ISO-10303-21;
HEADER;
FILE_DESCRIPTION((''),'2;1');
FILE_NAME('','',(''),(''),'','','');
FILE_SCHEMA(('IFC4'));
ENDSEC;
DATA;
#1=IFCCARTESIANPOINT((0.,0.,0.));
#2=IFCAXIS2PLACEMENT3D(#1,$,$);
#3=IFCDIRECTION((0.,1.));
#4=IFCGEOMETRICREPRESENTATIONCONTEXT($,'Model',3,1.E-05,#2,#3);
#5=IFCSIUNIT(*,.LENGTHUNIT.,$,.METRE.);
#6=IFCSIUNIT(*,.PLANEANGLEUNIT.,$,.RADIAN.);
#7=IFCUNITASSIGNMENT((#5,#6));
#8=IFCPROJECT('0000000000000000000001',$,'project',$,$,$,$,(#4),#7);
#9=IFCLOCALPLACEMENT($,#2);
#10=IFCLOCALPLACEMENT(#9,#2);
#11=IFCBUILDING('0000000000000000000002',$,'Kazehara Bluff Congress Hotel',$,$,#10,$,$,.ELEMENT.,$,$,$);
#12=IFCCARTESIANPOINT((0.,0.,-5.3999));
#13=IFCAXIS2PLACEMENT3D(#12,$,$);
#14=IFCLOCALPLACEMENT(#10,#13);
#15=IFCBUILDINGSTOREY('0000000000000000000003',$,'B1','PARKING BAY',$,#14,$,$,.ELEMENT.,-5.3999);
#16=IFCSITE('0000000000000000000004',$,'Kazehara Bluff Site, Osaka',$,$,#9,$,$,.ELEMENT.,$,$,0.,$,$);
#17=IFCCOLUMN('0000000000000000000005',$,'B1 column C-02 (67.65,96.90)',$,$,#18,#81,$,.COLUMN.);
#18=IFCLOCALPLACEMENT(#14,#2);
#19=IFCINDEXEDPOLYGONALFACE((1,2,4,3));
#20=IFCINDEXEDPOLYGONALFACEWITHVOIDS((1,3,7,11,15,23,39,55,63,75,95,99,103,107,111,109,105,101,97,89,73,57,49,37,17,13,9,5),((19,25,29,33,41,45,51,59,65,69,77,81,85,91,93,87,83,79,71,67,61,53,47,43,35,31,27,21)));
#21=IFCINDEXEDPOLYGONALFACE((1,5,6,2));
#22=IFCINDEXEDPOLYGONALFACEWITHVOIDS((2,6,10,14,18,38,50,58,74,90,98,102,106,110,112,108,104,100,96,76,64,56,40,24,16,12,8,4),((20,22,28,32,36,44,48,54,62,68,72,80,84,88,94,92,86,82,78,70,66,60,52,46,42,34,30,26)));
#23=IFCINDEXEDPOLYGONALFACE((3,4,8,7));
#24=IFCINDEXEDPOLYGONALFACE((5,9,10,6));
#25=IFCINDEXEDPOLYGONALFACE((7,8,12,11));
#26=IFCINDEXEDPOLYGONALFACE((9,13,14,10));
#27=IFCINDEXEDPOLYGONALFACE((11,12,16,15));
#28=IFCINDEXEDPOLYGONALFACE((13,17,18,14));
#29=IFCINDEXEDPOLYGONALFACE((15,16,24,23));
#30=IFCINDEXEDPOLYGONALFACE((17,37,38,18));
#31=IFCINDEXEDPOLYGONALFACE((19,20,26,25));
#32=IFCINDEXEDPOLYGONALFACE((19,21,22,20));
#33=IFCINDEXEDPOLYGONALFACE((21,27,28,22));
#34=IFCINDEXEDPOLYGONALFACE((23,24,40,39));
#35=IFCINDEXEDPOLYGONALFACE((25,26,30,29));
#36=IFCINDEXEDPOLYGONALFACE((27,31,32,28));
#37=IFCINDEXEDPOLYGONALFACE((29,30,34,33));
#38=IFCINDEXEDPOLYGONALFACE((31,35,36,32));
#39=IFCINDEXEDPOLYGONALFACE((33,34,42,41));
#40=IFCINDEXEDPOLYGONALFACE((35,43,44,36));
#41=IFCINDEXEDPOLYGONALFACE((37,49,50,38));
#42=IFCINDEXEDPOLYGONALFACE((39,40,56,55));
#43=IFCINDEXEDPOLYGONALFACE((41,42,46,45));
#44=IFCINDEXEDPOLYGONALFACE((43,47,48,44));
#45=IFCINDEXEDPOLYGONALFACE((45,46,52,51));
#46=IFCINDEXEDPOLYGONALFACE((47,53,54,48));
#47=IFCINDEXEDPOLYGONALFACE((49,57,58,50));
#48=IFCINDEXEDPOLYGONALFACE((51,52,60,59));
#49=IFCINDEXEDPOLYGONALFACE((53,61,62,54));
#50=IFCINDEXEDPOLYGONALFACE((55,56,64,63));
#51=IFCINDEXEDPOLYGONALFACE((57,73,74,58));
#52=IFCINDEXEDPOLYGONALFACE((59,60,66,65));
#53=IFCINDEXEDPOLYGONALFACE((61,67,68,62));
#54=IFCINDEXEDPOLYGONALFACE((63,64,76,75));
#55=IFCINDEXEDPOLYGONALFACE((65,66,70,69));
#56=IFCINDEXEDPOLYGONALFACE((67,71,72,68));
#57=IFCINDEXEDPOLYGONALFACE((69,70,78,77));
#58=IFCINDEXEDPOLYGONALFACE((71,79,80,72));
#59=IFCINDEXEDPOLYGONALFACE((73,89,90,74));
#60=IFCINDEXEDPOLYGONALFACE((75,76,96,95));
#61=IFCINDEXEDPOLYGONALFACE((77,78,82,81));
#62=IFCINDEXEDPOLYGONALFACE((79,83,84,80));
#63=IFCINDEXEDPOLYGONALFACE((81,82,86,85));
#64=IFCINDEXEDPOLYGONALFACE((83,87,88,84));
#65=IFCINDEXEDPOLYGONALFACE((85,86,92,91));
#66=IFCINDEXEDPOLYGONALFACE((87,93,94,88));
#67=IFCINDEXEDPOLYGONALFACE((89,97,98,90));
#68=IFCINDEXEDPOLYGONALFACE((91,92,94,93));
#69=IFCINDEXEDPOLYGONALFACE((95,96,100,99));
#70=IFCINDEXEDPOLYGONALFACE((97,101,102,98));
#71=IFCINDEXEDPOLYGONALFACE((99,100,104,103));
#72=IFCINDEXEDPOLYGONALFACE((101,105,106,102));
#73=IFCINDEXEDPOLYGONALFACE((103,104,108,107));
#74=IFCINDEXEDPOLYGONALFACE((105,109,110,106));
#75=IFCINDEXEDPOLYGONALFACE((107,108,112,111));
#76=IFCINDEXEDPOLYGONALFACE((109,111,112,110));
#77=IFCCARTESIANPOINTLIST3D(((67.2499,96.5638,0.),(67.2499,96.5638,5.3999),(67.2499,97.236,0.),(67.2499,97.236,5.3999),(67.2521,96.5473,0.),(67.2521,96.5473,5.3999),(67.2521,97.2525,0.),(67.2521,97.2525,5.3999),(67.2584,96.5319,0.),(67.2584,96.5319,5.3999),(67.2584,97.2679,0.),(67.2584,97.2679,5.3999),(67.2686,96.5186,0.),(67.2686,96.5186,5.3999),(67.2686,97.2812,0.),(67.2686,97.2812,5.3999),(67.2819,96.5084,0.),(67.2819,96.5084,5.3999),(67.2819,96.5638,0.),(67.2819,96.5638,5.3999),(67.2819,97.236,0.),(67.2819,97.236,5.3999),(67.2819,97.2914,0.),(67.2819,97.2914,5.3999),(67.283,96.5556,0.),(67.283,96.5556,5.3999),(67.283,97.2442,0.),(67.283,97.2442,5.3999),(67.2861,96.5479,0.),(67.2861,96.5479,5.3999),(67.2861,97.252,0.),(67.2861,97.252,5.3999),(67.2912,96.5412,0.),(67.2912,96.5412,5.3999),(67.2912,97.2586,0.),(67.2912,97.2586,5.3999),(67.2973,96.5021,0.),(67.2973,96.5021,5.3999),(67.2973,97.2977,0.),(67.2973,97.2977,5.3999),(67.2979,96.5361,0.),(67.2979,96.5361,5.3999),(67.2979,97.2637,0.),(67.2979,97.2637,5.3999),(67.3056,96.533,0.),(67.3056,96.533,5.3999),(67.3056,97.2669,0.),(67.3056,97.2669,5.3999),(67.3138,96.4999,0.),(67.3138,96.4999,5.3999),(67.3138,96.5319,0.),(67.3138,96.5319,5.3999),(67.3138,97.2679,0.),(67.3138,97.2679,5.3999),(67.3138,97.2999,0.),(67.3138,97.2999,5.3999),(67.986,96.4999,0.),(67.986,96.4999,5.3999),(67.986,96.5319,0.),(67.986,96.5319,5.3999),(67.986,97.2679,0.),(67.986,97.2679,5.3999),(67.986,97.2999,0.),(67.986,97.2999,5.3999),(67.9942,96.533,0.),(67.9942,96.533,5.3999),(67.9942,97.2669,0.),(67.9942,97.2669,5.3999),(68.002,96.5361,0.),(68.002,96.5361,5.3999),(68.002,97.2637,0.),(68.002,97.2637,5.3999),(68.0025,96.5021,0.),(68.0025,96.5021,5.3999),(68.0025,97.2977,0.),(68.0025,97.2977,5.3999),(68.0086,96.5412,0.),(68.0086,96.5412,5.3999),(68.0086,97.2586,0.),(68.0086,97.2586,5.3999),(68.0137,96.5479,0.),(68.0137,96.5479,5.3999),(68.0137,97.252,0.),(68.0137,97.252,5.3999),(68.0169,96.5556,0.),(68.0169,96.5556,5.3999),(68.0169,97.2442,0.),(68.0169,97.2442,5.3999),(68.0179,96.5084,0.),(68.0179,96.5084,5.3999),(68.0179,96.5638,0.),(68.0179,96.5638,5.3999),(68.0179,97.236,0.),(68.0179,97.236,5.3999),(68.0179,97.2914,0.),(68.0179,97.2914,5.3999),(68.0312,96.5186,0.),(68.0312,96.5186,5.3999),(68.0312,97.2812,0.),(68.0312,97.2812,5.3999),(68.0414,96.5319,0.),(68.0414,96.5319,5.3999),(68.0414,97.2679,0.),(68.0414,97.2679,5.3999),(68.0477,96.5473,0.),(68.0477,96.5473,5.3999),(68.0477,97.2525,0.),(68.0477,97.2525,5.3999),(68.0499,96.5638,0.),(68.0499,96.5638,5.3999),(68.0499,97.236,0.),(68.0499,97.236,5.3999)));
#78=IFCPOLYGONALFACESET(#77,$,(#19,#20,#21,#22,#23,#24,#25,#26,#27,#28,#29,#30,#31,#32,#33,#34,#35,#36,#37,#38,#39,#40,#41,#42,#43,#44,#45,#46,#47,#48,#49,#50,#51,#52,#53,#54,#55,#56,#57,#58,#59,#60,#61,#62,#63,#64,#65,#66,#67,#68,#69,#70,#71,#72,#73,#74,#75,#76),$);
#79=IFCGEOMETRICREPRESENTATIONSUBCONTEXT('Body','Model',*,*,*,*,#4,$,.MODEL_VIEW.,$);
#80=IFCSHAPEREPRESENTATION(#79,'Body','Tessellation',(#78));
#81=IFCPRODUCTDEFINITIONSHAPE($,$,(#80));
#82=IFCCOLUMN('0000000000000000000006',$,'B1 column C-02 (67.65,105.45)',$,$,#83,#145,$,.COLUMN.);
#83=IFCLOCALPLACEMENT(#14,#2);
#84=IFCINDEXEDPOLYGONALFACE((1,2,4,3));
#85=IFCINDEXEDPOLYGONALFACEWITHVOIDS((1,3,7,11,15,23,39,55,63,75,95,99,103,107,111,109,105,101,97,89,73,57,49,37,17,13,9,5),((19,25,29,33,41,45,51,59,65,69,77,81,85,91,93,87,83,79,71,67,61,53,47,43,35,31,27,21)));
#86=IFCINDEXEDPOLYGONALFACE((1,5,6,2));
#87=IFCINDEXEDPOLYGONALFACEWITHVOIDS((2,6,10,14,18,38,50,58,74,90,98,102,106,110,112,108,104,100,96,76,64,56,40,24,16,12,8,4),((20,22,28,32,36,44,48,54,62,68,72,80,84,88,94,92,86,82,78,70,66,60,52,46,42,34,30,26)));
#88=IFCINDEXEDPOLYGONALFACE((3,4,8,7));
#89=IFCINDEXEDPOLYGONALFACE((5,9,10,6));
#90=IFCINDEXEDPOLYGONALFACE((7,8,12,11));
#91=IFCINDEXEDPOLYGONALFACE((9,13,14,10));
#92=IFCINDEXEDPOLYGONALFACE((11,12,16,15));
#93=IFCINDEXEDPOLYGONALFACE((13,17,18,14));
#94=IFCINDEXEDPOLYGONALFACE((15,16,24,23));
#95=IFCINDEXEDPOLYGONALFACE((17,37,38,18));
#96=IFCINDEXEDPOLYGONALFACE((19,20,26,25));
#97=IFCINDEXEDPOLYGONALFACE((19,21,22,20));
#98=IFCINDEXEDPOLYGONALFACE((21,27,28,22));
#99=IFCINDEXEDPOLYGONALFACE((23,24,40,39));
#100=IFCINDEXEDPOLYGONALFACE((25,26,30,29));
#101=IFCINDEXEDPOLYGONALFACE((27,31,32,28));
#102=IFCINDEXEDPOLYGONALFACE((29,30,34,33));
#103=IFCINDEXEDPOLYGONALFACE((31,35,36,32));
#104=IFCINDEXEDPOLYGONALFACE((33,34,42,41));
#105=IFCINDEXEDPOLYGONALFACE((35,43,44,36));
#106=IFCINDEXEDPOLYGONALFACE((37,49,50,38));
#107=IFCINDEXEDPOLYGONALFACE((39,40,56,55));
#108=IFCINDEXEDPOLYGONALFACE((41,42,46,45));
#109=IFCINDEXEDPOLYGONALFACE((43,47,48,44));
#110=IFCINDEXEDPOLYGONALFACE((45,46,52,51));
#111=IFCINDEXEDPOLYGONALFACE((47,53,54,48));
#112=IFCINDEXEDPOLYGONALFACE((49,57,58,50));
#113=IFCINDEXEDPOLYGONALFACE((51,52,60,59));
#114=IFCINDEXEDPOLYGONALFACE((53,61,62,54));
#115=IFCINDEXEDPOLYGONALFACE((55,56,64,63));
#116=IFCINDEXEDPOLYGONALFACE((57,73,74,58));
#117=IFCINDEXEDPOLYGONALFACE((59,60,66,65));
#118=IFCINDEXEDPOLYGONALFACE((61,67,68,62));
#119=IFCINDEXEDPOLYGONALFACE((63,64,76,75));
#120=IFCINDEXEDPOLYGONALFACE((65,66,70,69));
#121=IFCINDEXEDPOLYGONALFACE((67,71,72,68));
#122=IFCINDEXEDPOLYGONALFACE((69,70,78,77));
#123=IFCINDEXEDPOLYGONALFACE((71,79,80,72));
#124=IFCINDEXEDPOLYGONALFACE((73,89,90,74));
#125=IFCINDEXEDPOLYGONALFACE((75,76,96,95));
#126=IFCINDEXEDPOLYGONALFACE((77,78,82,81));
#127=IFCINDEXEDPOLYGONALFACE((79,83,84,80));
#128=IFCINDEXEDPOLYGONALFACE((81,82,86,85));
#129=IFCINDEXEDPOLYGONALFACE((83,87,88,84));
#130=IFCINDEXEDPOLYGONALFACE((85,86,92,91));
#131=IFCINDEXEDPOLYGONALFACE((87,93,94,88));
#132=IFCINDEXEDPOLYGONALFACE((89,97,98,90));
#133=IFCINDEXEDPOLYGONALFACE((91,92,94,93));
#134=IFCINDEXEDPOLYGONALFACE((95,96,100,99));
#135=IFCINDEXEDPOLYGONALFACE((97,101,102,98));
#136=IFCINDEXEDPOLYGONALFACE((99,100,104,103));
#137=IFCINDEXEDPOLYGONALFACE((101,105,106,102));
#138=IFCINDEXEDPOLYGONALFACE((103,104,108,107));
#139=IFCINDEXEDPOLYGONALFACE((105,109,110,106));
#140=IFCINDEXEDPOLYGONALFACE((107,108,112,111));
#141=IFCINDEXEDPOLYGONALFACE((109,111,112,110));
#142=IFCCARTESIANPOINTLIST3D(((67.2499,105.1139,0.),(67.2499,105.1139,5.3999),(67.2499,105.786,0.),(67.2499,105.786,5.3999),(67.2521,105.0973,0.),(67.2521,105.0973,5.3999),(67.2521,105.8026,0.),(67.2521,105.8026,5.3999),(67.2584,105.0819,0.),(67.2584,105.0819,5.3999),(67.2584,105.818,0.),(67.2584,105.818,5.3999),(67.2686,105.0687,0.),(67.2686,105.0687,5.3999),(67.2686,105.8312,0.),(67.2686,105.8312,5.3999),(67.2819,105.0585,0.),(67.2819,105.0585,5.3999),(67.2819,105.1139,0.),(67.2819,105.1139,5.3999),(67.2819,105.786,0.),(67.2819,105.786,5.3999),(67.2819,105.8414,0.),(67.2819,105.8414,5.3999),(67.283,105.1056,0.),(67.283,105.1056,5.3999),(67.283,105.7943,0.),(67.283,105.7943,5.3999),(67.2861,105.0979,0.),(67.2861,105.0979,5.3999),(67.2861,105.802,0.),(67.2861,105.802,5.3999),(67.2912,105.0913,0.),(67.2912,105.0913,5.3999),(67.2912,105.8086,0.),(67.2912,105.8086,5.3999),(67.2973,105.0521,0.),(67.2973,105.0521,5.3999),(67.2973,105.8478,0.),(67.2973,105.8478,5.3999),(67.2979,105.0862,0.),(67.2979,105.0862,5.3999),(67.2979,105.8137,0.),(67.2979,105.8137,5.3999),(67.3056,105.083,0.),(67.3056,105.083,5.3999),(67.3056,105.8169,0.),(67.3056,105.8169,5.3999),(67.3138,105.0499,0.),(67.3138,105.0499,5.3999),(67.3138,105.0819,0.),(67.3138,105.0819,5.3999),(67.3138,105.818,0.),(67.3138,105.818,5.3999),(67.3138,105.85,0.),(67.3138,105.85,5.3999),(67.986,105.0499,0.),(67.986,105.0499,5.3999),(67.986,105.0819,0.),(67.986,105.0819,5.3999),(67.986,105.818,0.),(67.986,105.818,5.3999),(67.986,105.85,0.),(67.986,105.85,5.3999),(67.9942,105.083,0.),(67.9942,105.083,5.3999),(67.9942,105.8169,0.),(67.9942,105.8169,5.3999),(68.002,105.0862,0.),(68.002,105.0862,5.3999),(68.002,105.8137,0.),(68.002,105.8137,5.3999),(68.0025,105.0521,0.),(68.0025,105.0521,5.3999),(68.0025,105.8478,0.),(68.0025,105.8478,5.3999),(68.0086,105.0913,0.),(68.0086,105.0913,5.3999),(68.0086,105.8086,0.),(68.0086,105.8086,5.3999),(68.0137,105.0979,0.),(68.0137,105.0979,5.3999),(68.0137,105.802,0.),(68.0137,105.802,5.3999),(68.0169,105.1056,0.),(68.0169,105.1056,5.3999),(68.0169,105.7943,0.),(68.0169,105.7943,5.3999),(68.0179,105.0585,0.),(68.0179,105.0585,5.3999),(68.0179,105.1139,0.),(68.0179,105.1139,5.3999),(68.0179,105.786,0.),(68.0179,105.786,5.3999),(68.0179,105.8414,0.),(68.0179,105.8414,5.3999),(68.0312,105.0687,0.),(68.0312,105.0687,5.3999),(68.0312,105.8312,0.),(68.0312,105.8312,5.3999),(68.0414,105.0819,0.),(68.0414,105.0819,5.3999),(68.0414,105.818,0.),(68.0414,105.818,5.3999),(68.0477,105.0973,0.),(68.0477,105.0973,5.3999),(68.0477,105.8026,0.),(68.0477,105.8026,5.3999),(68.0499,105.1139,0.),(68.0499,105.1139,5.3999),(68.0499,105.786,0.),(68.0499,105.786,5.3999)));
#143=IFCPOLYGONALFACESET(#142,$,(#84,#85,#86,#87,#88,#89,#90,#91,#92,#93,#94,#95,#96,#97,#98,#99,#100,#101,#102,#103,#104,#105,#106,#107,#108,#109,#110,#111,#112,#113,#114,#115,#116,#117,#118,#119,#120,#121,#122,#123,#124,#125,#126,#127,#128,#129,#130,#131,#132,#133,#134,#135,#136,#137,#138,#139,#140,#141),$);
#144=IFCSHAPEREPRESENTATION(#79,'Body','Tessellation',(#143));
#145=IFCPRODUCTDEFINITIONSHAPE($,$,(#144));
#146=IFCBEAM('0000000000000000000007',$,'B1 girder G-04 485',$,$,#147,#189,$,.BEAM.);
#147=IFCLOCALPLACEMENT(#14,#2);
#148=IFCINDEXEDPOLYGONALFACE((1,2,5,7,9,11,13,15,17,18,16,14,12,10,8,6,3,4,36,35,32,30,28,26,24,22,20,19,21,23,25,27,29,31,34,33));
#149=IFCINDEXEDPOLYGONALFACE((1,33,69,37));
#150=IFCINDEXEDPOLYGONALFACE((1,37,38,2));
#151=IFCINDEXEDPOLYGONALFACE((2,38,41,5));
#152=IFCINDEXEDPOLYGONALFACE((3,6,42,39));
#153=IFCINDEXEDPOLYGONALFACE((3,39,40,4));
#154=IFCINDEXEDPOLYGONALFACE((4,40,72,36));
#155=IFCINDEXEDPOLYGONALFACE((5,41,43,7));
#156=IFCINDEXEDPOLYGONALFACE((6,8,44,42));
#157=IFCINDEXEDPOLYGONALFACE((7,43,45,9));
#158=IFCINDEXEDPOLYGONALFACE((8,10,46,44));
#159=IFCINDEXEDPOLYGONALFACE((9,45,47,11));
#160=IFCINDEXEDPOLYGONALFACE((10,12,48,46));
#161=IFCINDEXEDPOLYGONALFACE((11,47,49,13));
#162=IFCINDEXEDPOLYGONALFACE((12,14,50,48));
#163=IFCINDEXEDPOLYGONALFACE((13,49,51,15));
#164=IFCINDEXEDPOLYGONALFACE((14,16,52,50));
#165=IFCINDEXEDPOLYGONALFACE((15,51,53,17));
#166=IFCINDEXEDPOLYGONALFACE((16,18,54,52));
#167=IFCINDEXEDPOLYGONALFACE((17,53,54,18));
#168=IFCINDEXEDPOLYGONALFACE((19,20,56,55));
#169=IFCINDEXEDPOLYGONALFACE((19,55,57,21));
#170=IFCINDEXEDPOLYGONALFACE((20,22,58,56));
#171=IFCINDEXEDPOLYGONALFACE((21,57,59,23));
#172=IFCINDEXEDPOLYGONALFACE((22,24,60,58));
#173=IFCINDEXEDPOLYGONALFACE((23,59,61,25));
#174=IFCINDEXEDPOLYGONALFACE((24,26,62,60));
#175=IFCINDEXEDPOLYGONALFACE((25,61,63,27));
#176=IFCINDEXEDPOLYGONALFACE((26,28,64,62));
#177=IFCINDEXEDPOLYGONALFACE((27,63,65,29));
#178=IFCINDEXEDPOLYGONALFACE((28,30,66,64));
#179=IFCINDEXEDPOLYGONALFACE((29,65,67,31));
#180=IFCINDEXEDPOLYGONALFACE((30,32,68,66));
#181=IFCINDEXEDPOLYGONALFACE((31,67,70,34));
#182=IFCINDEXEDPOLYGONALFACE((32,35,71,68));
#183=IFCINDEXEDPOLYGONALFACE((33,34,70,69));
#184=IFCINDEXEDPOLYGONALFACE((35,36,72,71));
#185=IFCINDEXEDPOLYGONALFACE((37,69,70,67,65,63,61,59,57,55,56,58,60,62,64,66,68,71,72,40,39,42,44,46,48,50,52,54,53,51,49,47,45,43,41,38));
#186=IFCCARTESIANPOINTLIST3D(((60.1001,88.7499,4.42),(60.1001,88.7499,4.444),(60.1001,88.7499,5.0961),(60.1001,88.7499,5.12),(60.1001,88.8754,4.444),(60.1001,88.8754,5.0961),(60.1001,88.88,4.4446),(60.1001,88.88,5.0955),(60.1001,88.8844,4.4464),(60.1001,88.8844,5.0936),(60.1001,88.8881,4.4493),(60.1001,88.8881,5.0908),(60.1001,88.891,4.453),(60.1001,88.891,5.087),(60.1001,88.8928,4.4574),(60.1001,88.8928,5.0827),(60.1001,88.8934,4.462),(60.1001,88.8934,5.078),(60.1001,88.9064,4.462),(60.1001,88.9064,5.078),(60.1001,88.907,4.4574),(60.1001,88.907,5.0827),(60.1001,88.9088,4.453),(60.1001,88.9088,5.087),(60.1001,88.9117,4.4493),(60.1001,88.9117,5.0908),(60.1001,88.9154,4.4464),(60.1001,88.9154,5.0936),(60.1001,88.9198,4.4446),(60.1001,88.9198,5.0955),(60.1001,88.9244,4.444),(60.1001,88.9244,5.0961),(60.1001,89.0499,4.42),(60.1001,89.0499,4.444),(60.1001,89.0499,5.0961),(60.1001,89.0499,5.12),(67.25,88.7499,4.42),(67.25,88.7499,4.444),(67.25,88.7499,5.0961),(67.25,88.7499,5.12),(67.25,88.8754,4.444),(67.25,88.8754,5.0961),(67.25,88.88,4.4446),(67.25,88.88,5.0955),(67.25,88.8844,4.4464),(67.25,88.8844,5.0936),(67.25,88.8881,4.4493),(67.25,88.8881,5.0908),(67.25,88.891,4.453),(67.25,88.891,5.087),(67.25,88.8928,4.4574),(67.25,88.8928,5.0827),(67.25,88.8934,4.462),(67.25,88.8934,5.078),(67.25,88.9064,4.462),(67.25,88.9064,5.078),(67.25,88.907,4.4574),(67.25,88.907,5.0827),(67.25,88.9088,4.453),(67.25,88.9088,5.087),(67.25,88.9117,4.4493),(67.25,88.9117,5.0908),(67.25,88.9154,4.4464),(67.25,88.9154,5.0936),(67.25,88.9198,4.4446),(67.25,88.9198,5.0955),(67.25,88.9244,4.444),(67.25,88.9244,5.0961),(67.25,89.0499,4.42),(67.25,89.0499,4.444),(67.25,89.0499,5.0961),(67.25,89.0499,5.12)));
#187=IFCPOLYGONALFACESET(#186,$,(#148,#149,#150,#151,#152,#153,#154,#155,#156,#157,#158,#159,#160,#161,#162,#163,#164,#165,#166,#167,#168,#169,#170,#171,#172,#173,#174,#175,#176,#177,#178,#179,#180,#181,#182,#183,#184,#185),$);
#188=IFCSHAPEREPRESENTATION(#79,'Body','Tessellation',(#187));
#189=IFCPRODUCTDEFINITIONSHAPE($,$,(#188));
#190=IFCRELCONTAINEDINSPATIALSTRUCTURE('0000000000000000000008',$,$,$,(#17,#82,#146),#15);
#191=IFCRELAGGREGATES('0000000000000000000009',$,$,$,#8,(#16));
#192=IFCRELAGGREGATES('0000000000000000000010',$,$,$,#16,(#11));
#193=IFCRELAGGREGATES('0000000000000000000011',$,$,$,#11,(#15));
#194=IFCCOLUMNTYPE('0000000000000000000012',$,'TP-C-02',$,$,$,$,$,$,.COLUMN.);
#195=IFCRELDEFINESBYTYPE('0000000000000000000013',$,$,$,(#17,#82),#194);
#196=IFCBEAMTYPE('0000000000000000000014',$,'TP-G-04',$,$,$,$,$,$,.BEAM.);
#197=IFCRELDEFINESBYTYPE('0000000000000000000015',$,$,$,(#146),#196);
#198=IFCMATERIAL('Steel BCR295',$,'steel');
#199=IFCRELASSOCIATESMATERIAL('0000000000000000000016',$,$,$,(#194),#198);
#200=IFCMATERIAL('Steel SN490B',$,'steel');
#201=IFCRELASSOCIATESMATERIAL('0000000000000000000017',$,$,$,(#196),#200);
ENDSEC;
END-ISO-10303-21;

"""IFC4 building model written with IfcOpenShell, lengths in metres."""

from ifc_helpers import new_model, si_unit, direction, frame, origin, origin_2d, place, context, subcontext, project, spatial, hollow_rectangle, i_section, extrude, material, material_profile, profile_set, type_object, element, save


model = new_model("IFC4")

# Units and contexts
model_context = context("Model", 3, precision=1e-05, world=origin(), true_north=direction((0.0, 1.0)))
body_context = subcontext(model_context, "Body", "Model", "MODEL_VIEW")
ifc_project = project(units=[si_unit("LENGTHUNIT", "METRE"), si_unit("PLANEANGLEUNIT", "RADIAN")], contexts=[model_context])

# Site, building, storey
site_placement = place(None, origin())
site = spatial("IfcSite", under=ifc_project, at=site_placement, Name="Kazehara Bluff Site, Osaka", CompositionType="ELEMENT", RefElevation=0.0)
building_placement = place(site_placement, origin())
building = spatial("IfcBuilding", under=site, at=building_placement, Name="Kazehara Bluff Congress Hotel", CompositionType="ELEMENT")
storey_placement = place(building_placement, frame((0.0, 0.0, -5.3999)))
storey = spatial("IfcBuildingStorey", under=building, at=storey_placement, Name="B1", Description="PARKING BAY", CompositionType="ELEMENT", Elevation=-5.3999)

# Columns
ifc_material_1 = material(Name="Steel BCR295", Category="steel")
ifc_material_profile_1 = material_profile(ifc_material_1, hollow_rectangle(XDim=0.8, YDim=0.8, WallThickness=0.032, InnerFilletRadius=0.032, OuterFilletRadius=0.064, at=origin_2d()))
ifc_profile_set_1 = profile_set([ifc_material_profile_1], Name="Steel BCR295")
column_type = type_object("IfcColumnType", Name="TP-C-02", PredefinedType="COLUMN", material=ifc_profile_set_1)
for number, where, z_axis, x_axis, name in (
    (1, (67.6499, 96.8999, 0.0), (0.0, 0.0, 1.0), (1.0, 0.0, 0.0), "B1 column C-02 (67.65,96.90)"),
    (2, (67.6499, 105.45, 0.0), (0.0, 0.0, 1.0), (1.0, 0.0, 0.0), "B1 column C-02 (67.65,105.45)"),
):
    element("IfcColumn", number, at=place(storey_placement, frame(where, z_axis=z_axis, x_axis=x_axis)), inside=storey, type_object=column_type, Name=name, PredefinedType="COLUMN", context=body_context, shape_type="SweptSolid", body=[
        extrude(hollow_rectangle(XDim=0.8, YDim=0.8, WallThickness=0.032, InnerFilletRadius=0.032, OuterFilletRadius=0.064, at=origin_2d()), origin(), (0.0, 0.0, 1.0), 5.3999),
    ])

# Beam
ifc_material_2 = material(Name="Steel SN490B", Category="steel")
ifc_material_profile_2 = material_profile(ifc_material_2, i_section(OverallWidth=0.3, OverallDepth=0.7, WebThickness=0.0129, FlangeThickness=0.0239, FilletRadius=0.0181, at=origin_2d()))
ifc_profile_set_2 = profile_set([ifc_material_profile_2], Name="Steel SN490B")
beam_type_1 = type_object("IfcBeamType", Name="TP-G-04", PredefinedType="BEAM", material=ifc_profile_set_2)
beam_1_placement = place(storey_placement, frame((60.1001, 88.8999, 4.77), z_axis=(1.0, 0.0, 0.0), x_axis=(0.0, 1.0, 0.0)))
element("IfcBeam", 3, at=beam_1_placement, inside=storey, type_object=beam_type_1, Name="B1 girder G-04 485", PredefinedType="BEAM", context=body_context, shape_type="SweptSolid", body=[
    extrude(i_section(OverallWidth=0.3, OverallDepth=0.7, WebThickness=0.0129, FlangeThickness=0.0239, FilletRadius=0.0181, at=origin_2d()), origin(), (0.0, 0.0, 1.0), 7.1499),
])

save(model, "model.ifc")
